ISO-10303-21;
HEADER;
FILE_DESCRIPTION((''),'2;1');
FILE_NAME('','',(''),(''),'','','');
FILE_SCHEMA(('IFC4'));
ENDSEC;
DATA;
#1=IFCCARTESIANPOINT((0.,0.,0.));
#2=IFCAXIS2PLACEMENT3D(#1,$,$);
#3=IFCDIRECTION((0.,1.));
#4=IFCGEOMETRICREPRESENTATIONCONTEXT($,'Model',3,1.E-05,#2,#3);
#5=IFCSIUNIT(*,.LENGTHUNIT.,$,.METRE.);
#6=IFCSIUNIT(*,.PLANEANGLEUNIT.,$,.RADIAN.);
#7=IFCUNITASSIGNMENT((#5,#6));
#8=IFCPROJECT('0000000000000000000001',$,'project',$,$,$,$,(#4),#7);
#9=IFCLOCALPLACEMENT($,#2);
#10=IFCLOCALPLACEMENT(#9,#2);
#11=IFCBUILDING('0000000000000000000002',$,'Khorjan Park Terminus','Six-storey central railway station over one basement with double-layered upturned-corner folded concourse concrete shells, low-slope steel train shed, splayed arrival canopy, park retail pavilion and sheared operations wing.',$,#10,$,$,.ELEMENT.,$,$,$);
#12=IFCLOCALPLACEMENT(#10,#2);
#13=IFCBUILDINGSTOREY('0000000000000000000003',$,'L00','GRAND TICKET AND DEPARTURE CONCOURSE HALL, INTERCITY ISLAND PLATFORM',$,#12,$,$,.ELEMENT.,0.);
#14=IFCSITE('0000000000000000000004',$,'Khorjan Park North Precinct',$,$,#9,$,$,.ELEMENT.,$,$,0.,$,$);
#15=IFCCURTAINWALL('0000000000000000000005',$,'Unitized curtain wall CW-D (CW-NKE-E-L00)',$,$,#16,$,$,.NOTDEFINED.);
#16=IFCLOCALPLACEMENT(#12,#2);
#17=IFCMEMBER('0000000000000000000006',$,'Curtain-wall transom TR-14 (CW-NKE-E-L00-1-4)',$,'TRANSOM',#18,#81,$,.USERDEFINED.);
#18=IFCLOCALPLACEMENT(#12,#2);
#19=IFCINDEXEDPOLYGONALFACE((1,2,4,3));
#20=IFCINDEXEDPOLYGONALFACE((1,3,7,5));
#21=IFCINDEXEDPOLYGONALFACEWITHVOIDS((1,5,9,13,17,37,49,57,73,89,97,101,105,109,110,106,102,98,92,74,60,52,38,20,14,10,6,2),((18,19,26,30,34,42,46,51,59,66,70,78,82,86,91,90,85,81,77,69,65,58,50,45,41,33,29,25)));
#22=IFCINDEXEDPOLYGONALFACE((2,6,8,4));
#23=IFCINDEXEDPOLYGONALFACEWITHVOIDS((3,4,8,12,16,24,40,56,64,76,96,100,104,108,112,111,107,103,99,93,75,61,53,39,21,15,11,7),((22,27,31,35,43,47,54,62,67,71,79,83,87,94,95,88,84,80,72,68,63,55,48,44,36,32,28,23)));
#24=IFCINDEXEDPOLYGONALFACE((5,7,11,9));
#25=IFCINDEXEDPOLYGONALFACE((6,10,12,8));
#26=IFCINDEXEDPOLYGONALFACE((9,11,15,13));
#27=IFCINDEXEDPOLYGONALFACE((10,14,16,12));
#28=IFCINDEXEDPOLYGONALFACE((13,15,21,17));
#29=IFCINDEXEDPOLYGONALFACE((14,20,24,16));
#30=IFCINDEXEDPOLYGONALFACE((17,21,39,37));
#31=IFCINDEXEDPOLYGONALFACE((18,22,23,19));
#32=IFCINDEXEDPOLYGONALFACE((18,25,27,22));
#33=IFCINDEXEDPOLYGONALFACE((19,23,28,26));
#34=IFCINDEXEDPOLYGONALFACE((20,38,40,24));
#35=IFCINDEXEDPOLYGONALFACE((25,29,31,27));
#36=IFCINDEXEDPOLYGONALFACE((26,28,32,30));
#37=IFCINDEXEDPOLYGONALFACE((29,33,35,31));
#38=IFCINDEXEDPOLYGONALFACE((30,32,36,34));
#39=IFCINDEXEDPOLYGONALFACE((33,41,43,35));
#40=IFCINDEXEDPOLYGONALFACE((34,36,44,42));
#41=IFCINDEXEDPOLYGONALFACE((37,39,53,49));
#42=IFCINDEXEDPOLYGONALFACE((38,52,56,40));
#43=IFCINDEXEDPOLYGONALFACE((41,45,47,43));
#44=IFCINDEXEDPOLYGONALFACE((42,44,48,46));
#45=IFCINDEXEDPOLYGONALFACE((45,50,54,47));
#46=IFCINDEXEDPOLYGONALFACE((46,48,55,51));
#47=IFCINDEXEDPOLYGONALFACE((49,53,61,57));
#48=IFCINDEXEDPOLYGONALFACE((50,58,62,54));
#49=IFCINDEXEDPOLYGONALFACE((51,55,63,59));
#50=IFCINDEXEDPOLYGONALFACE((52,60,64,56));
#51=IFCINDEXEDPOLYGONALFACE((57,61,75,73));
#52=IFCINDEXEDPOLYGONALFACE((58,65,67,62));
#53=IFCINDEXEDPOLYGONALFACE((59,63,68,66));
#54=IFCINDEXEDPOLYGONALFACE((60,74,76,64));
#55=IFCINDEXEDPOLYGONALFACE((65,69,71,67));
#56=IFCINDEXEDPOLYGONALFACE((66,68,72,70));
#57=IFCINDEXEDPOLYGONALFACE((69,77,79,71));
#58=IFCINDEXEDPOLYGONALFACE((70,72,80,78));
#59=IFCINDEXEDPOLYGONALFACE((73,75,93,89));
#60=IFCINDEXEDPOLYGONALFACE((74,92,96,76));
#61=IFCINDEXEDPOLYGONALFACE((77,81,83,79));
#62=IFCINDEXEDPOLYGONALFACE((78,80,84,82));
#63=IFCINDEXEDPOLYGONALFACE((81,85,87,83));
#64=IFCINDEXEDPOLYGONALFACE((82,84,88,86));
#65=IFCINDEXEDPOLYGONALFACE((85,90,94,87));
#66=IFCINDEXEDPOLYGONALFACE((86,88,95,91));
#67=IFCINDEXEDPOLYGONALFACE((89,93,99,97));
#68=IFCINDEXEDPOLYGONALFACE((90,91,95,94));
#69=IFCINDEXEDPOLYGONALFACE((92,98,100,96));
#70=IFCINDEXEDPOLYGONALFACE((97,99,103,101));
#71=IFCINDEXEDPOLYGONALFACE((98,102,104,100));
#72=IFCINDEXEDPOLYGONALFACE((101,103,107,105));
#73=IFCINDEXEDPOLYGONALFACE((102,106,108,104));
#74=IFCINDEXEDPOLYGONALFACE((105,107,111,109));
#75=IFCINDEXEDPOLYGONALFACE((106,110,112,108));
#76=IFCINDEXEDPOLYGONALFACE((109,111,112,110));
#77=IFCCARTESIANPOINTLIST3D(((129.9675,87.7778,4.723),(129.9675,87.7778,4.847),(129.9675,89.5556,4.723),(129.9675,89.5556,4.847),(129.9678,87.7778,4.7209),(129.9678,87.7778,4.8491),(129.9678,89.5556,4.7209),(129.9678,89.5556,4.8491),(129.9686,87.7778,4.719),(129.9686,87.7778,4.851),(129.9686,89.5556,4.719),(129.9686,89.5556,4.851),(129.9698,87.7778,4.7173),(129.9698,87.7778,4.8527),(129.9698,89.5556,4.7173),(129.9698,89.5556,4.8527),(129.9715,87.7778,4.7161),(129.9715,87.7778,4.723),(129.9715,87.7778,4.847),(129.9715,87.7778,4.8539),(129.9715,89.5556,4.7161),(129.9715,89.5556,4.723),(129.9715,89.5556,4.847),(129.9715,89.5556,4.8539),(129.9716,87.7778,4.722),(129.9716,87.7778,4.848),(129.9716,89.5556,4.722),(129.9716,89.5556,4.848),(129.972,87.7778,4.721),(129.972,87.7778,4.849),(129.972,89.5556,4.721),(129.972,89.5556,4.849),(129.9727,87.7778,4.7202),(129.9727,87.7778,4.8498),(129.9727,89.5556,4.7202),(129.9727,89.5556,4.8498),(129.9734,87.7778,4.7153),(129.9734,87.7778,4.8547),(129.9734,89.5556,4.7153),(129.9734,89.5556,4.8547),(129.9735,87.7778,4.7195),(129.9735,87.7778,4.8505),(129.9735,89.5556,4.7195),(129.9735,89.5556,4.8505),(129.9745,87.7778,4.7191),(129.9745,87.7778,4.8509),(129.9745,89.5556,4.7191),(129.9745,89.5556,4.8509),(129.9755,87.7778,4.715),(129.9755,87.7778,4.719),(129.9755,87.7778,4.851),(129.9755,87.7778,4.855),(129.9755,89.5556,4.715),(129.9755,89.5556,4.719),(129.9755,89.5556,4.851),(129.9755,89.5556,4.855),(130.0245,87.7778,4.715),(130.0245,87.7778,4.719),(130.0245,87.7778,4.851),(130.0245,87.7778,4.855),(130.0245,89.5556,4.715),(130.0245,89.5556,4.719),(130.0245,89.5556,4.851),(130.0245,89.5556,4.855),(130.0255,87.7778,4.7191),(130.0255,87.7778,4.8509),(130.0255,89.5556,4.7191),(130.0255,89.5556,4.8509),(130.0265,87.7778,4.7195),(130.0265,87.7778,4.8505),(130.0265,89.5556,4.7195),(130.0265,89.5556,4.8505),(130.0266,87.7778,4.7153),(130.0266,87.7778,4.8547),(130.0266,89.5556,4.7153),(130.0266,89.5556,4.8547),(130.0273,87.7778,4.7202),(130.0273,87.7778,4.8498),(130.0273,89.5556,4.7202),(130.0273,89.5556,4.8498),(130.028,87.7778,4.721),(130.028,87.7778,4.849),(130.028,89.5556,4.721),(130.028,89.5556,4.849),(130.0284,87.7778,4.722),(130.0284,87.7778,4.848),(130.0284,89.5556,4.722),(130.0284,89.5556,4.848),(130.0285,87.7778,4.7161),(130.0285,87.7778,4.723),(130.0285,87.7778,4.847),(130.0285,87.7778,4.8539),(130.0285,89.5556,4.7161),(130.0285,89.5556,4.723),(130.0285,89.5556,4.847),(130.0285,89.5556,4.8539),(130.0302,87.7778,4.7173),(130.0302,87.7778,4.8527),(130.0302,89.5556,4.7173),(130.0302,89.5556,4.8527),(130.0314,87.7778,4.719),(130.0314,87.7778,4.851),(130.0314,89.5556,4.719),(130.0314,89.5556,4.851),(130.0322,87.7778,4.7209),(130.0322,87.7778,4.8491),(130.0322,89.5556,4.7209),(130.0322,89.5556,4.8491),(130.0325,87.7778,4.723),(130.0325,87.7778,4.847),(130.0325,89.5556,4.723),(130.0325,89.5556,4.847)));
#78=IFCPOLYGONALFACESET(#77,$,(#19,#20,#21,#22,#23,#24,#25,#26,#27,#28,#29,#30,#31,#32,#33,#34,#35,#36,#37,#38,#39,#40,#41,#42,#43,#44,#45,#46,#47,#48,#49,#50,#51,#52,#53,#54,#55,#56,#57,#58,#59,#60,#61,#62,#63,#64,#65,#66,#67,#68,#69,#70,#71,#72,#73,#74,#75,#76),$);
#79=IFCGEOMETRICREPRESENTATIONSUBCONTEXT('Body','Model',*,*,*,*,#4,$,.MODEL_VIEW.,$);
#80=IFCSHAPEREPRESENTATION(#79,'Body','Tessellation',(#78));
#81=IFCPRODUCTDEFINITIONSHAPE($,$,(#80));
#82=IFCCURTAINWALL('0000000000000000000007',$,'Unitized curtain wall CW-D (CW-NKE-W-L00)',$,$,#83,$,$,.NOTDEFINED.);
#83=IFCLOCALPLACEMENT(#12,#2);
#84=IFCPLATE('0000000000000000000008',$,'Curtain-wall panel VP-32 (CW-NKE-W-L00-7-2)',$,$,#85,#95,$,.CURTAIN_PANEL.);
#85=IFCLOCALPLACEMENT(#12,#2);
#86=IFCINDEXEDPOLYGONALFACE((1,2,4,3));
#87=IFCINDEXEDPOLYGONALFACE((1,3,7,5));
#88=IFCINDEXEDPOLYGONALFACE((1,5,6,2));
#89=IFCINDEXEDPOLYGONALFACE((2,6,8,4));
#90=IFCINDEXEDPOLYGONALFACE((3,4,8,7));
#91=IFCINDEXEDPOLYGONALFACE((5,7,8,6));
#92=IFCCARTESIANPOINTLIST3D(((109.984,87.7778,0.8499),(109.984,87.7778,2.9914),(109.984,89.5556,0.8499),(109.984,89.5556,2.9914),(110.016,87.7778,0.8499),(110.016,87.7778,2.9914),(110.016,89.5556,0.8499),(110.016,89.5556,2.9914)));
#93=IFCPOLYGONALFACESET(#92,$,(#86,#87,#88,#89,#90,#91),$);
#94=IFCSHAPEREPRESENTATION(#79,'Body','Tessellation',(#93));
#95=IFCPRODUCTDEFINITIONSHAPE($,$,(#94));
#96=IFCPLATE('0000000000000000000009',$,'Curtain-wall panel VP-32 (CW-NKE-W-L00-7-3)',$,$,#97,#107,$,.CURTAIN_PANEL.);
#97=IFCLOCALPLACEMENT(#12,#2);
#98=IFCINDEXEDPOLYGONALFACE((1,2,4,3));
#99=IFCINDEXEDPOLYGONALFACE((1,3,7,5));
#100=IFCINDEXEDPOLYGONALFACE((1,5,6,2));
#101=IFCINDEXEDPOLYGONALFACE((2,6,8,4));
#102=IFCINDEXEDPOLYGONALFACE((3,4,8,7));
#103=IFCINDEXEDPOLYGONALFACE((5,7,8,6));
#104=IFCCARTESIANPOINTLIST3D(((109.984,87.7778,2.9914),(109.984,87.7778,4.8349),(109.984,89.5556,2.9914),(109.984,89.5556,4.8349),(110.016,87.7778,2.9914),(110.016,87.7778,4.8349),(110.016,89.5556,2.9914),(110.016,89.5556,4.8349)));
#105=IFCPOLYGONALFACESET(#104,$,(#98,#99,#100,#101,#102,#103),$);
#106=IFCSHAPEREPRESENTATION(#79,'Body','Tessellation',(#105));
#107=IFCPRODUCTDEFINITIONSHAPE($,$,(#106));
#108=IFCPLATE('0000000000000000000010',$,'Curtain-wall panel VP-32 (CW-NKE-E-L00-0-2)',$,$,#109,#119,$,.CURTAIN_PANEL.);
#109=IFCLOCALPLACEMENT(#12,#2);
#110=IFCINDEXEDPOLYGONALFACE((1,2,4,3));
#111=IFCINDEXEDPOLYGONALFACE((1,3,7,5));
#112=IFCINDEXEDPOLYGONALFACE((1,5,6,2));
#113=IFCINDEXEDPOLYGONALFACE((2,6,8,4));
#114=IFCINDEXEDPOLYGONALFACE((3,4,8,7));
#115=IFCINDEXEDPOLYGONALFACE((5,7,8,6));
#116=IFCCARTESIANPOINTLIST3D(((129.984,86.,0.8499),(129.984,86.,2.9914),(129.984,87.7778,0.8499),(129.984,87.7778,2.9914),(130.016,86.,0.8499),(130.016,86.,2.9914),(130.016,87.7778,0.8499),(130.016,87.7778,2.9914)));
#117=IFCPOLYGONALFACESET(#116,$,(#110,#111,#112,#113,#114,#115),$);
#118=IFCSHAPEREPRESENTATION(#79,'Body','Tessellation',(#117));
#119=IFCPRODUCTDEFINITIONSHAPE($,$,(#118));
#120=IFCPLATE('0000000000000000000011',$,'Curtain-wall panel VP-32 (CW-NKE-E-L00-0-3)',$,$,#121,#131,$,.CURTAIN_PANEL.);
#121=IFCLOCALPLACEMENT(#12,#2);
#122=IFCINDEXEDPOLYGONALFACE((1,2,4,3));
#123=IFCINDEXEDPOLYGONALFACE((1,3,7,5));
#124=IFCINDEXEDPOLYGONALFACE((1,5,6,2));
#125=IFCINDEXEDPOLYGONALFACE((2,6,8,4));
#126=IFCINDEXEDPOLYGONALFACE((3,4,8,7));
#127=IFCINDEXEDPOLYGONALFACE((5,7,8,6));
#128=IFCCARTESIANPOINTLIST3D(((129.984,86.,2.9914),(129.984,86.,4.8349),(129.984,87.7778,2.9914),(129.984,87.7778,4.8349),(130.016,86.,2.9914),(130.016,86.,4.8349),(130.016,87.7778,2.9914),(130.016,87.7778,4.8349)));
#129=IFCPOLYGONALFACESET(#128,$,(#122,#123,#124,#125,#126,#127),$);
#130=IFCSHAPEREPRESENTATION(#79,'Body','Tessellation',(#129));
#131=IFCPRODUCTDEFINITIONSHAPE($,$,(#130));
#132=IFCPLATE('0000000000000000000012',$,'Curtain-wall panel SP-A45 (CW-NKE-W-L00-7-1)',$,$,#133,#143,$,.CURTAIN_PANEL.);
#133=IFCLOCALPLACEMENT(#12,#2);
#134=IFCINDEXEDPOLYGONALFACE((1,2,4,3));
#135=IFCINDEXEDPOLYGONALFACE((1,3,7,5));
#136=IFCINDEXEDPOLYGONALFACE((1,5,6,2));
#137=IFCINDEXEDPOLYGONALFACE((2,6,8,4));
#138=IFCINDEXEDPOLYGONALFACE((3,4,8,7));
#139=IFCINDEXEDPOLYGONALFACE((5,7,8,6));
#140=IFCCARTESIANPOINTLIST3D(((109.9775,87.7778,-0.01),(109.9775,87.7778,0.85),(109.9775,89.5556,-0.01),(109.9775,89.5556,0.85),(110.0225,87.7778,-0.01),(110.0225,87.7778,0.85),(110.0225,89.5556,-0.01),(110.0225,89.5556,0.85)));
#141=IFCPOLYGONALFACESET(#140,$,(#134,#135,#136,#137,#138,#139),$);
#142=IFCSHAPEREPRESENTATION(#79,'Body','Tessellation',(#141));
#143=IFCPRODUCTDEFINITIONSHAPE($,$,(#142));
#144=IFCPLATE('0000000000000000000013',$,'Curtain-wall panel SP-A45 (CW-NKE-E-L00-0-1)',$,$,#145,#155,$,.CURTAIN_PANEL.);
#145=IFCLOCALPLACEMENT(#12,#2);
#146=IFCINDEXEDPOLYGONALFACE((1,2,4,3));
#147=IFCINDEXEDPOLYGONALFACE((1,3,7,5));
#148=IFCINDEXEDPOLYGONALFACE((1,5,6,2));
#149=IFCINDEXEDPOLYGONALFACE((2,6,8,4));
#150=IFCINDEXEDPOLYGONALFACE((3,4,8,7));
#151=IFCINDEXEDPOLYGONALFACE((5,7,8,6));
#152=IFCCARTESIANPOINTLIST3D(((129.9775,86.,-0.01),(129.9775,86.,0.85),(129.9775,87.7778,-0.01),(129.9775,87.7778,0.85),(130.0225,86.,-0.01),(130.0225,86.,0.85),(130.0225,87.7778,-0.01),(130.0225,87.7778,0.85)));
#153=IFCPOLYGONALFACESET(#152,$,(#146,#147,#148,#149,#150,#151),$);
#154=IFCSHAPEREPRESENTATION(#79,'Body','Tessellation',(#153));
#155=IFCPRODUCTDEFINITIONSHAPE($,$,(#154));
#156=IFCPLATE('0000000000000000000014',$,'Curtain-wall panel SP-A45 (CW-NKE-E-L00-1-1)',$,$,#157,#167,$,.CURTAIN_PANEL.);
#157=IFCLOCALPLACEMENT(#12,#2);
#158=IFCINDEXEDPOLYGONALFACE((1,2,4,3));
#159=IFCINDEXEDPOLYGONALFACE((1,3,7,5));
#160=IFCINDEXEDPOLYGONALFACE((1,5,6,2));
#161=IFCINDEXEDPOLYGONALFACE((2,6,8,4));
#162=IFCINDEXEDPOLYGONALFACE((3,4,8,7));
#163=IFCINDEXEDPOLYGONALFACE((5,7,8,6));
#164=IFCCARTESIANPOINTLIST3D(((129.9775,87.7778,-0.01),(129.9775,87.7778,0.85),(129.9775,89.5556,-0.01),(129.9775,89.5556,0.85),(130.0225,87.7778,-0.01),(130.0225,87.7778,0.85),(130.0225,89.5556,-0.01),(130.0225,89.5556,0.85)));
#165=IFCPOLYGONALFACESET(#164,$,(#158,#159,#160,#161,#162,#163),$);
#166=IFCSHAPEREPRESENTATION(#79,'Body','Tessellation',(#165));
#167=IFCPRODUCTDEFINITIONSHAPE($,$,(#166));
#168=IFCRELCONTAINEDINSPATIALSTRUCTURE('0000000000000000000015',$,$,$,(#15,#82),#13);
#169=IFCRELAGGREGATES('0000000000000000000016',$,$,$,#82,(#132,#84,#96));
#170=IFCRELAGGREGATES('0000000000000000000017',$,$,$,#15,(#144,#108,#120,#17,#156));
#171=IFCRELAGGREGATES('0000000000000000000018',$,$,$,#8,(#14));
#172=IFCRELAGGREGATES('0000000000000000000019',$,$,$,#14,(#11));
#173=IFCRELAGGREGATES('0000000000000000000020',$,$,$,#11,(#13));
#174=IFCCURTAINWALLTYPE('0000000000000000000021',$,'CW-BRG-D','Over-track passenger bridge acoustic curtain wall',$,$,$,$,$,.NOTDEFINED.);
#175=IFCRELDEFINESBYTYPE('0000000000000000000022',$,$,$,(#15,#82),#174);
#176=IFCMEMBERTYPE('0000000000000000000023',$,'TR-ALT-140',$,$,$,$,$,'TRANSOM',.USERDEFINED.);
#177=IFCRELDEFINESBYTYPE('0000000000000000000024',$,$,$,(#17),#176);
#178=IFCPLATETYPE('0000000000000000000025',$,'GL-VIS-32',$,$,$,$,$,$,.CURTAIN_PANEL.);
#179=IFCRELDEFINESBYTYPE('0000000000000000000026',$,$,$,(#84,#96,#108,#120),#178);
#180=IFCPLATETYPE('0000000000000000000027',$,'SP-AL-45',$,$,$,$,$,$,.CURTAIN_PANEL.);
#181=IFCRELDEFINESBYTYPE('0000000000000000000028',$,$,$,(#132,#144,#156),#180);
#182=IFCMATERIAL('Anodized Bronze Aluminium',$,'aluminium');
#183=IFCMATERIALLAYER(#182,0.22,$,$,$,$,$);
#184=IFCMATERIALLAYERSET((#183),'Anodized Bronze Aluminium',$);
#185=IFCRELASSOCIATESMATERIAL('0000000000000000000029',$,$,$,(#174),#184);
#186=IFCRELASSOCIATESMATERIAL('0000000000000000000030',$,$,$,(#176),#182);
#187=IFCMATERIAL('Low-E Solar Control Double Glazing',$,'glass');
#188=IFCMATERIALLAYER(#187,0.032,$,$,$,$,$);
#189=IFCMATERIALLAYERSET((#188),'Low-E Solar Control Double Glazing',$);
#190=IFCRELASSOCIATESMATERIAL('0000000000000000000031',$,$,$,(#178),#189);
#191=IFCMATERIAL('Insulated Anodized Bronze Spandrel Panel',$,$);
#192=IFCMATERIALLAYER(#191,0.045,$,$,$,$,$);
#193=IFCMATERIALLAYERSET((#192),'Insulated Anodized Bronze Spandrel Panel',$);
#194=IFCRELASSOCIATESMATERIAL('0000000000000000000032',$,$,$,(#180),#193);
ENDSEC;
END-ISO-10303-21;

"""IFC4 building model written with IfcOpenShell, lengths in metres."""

from ifc_helpers import new_model, si_unit, direction, frame, origin, origin_2d, place, context, subcontext, project, spatial, rectangle, hollow_rectangle, extrude, material, layer, layer_set, material_profile, profile_set, type_object, element, aggregate, save


model = new_model("IFC4")

# Units and contexts
model_context = context("Model", 3, precision=1e-05, world=origin(), true_north=direction((0.0, 1.0)))
body_context = subcontext(model_context, "Body", "Model", "MODEL_VIEW")
ifc_project = project(units=[si_unit("LENGTHUNIT", "METRE"), si_unit("PLANEANGLEUNIT", "RADIAN")], contexts=[model_context])

# Site, building, storey
site_placement = place(None, origin())
site = spatial("IfcSite", under=ifc_project, at=site_placement, Name="Khorjan Park North Precinct", CompositionType="ELEMENT", RefElevation=0.0)
building_placement = place(site_placement, origin())
building = spatial("IfcBuilding", under=site, at=building_placement, Name="Khorjan Park Terminus", Description="Six-storey central railway station over one basement with double-layered upturned-corner folded concourse concrete shells, low-slope steel train shed, splayed arrival canopy, park retail pavilion and sheared operations wing.", CompositionType="ELEMENT")
storey_placement = place(building_placement, origin())
storey = spatial("IfcBuildingStorey", under=building, at=storey_placement, Name="L00", Description="GRAND TICKET AND DEPARTURE CONCOURSE HALL, INTERCITY ISLAND PLATFORM", CompositionType="ELEMENT", Elevation=0.0)

# Curtain wall, member
ifc_material_1 = material(Name="Anodized Bronze Aluminium", Category="aluminium")
ifc_layer_1 = layer(ifc_material_1, 0.22)
ifc_layer_set_1 = layer_set([ifc_layer_1], Name="Anodized Bronze Aluminium")
curtain_wall_type = type_object("IfcCurtainWallType", Name="CW-BRG-D", Description="Over-track passenger bridge acoustic curtain wall", PredefinedType="NOTDEFINED", material=ifc_layer_set_1)
curtain_wall_1_placement = place(storey_placement, origin())
curtain_wall_1 = element("IfcCurtainWall", 1, at=curtain_wall_1_placement, inside=storey, type_object=curtain_wall_type, Name="Unitized curtain wall CW-D (CW-NKE-E-L00)", PredefinedType="NOTDEFINED")
ifc_material_profile_1 = material_profile(ifc_material_1, hollow_rectangle(XDim=0.065, YDim=0.14, WallThickness=0.004, InnerFilletRadius=0.004, OuterFilletRadius=0.008, at=origin_2d()), Name="ALT 65x140x4")
ifc_profile_set_1 = profile_set([ifc_material_profile_1], Name="Anodized Bronze Aluminium")
member_type_1 = type_object("IfcMemberType", Name="TR-ALT-140", ElementType="TRANSOM", PredefinedType="USERDEFINED", material=ifc_profile_set_1)
member_1_placement = place(storey_placement, frame((130.0, 87.7778, 4.785), z_axis=(0.0, 1.0, 0.0), x_axis=(-1.0, 0.0, 0.0)))
member_1 = element("IfcMember", 2, at=member_1_placement, type_object=member_type_1, Name="Curtain-wall transom TR-14 (CW-NKE-E-L00-1-4)", ObjectType="TRANSOM", PredefinedType="USERDEFINED", context=body_context, shape_type="SweptSolid", body=[
    extrude(hollow_rectangle(XDim=0.065, YDim=0.14, WallThickness=0.004, InnerFilletRadius=0.004, OuterFilletRadius=0.008, at=origin_2d()), origin(), (0.0, 0.0, 1.0), 1.7778),
])

# Curtain wall, plates
curtain_wall_2_placement = place(storey_placement, origin())
curtain_wall_2 = element("IfcCurtainWall", 3, at=curtain_wall_2_placement, inside=storey, type_object=curtain_wall_type, Name="Unitized curtain wall CW-D (CW-NKE-W-L00)", PredefinedType="NOTDEFINED")
ifc_material_2 = material(Name="Low-E Solar Control Double Glazing", Category="glass")
ifc_layer_2 = layer(ifc_material_2, 0.032)
ifc_layer_set_2 = layer_set([ifc_layer_2], Name="Low-E Solar Control Double Glazing")
plate_type_1 = type_object("IfcPlateType", Name="GL-VIS-32", PredefinedType="CURTAIN_PANEL", material=ifc_layer_set_2)
plate_1_placement = place(storey_placement, frame((110.0, 88.6667, 0.8499), z_axis=(0.0, 0.0, 1.0), x_axis=(0.0, -1.0, 0.0)))
plate_1 = element("IfcPlate", 4, at=plate_1_placement, type_object=plate_type_1, Name="Curtain-wall panel VP-32 (CW-NKE-W-L00-7-2)", PredefinedType="CURTAIN_PANEL", context=body_context, shape_type="SweptSolid", body=[
    extrude(rectangle(XDim=1.7778, YDim=0.032, at=origin_2d()), origin(), (0.0, 0.0, 1.0), 2.1415),
])
plate_2_placement = place(storey_placement, frame((110.0, 88.6667, 2.9914), z_axis=(0.0, 0.0, 1.0), x_axis=(0.0, -1.0, 0.0)))
plate_2 = element("IfcPlate", 5, at=plate_2_placement, type_object=plate_type_1, Name="Curtain-wall panel VP-32 (CW-NKE-W-L00-7-3)", PredefinedType="CURTAIN_PANEL", context=body_context, shape_type="SweptSolid", body=[
    extrude(rectangle(XDim=1.7778, YDim=0.032, at=origin_2d()), origin(), (0.0, 0.0, 1.0), 1.8435),
])

# Plates
plate_3_placement = place(storey_placement, frame((130.0, 86.8889, 0.8499), z_axis=(0.0, 0.0, 1.0), x_axis=(0.0, 1.0, 0.0)))
plate_3 = element("IfcPlate", 6, at=plate_3_placement, type_object=plate_type_1, Name="Curtain-wall panel VP-32 (CW-NKE-E-L00-0-2)", PredefinedType="CURTAIN_PANEL", context=body_context, shape_type="SweptSolid", body=[
    extrude(rectangle(XDim=1.7778, YDim=0.032, at=origin_2d()), origin(), (0.0, 0.0, 1.0), 2.1415),
])
plate_4_placement = place(storey_placement, frame((130.0, 86.8889, 2.9914), z_axis=(0.0, 0.0, 1.0), x_axis=(0.0, 1.0, 0.0)))
plate_4 = element("IfcPlate", 7, at=plate_4_placement, type_object=plate_type_1, Name="Curtain-wall panel VP-32 (CW-NKE-E-L00-0-3)", PredefinedType="CURTAIN_PANEL", context=body_context, shape_type="SweptSolid", body=[
    extrude(rectangle(XDim=1.7778, YDim=0.032, at=origin_2d()), origin(), (0.0, 0.0, 1.0), 1.8435),
])
ifc_material_3 = material(Name="Insulated Anodized Bronze Spandrel Panel")
ifc_layer_3 = layer(ifc_material_3, 0.045)
ifc_layer_set_3 = layer_set([ifc_layer_3], Name="Insulated Anodized Bronze Spandrel Panel")
plate_type_2 = type_object("IfcPlateType", Name="SP-AL-45", PredefinedType="CURTAIN_PANEL", material=ifc_layer_set_3)
plate_5_placement = place(storey_placement, frame((110.0, 88.6667, -0.01), z_axis=(0.0, 0.0, 1.0), x_axis=(0.0, -1.0, 0.0)))
plate_5 = element("IfcPlate", 8, at=plate_5_placement, type_object=plate_type_2, Name="Curtain-wall panel SP-A45 (CW-NKE-W-L00-7-1)", PredefinedType="CURTAIN_PANEL", context=body_context, shape_type="SweptSolid", body=[
    extrude(rectangle(XDim=1.7778, YDim=0.045, at=origin_2d()), origin(), (0.0, 0.0, 1.0), 0.86),
])
aggregate(curtain_wall_2, [plate_5, plate_1, plate_2])
plate_6_placement = place(storey_placement, frame((130.0, 86.8889, -0.01), z_axis=(0.0, 0.0, 1.0), x_axis=(0.0, 1.0, 0.0)))
plate_6 = element("IfcPlate", 9, at=plate_6_placement, type_object=plate_type_2, Name="Curtain-wall panel SP-A45 (CW-NKE-E-L00-0-1)", PredefinedType="CURTAIN_PANEL", context=body_context, shape_type="SweptSolid", body=[
    extrude(rectangle(XDim=1.7778, YDim=0.045, at=origin_2d()), origin(), (0.0, 0.0, 1.0), 0.86),
])
plate_7_placement = place(storey_placement, frame((130.0, 88.6667, -0.01), z_axis=(0.0, 0.0, 1.0), x_axis=(0.0, 1.0, 0.0)))
plate_7 = element("IfcPlate", 10, at=plate_7_placement, type_object=plate_type_2, Name="Curtain-wall panel SP-A45 (CW-NKE-E-L00-1-1)", PredefinedType="CURTAIN_PANEL", context=body_context, shape_type="SweptSolid", body=[
    extrude(rectangle(XDim=1.7778, YDim=0.045, at=origin_2d()), origin(), (0.0, 0.0, 1.0), 0.86),
])
aggregate(curtain_wall_1, [plate_6, plate_3, plate_4, member_1, plate_7])

save(model, "model.ifc")
